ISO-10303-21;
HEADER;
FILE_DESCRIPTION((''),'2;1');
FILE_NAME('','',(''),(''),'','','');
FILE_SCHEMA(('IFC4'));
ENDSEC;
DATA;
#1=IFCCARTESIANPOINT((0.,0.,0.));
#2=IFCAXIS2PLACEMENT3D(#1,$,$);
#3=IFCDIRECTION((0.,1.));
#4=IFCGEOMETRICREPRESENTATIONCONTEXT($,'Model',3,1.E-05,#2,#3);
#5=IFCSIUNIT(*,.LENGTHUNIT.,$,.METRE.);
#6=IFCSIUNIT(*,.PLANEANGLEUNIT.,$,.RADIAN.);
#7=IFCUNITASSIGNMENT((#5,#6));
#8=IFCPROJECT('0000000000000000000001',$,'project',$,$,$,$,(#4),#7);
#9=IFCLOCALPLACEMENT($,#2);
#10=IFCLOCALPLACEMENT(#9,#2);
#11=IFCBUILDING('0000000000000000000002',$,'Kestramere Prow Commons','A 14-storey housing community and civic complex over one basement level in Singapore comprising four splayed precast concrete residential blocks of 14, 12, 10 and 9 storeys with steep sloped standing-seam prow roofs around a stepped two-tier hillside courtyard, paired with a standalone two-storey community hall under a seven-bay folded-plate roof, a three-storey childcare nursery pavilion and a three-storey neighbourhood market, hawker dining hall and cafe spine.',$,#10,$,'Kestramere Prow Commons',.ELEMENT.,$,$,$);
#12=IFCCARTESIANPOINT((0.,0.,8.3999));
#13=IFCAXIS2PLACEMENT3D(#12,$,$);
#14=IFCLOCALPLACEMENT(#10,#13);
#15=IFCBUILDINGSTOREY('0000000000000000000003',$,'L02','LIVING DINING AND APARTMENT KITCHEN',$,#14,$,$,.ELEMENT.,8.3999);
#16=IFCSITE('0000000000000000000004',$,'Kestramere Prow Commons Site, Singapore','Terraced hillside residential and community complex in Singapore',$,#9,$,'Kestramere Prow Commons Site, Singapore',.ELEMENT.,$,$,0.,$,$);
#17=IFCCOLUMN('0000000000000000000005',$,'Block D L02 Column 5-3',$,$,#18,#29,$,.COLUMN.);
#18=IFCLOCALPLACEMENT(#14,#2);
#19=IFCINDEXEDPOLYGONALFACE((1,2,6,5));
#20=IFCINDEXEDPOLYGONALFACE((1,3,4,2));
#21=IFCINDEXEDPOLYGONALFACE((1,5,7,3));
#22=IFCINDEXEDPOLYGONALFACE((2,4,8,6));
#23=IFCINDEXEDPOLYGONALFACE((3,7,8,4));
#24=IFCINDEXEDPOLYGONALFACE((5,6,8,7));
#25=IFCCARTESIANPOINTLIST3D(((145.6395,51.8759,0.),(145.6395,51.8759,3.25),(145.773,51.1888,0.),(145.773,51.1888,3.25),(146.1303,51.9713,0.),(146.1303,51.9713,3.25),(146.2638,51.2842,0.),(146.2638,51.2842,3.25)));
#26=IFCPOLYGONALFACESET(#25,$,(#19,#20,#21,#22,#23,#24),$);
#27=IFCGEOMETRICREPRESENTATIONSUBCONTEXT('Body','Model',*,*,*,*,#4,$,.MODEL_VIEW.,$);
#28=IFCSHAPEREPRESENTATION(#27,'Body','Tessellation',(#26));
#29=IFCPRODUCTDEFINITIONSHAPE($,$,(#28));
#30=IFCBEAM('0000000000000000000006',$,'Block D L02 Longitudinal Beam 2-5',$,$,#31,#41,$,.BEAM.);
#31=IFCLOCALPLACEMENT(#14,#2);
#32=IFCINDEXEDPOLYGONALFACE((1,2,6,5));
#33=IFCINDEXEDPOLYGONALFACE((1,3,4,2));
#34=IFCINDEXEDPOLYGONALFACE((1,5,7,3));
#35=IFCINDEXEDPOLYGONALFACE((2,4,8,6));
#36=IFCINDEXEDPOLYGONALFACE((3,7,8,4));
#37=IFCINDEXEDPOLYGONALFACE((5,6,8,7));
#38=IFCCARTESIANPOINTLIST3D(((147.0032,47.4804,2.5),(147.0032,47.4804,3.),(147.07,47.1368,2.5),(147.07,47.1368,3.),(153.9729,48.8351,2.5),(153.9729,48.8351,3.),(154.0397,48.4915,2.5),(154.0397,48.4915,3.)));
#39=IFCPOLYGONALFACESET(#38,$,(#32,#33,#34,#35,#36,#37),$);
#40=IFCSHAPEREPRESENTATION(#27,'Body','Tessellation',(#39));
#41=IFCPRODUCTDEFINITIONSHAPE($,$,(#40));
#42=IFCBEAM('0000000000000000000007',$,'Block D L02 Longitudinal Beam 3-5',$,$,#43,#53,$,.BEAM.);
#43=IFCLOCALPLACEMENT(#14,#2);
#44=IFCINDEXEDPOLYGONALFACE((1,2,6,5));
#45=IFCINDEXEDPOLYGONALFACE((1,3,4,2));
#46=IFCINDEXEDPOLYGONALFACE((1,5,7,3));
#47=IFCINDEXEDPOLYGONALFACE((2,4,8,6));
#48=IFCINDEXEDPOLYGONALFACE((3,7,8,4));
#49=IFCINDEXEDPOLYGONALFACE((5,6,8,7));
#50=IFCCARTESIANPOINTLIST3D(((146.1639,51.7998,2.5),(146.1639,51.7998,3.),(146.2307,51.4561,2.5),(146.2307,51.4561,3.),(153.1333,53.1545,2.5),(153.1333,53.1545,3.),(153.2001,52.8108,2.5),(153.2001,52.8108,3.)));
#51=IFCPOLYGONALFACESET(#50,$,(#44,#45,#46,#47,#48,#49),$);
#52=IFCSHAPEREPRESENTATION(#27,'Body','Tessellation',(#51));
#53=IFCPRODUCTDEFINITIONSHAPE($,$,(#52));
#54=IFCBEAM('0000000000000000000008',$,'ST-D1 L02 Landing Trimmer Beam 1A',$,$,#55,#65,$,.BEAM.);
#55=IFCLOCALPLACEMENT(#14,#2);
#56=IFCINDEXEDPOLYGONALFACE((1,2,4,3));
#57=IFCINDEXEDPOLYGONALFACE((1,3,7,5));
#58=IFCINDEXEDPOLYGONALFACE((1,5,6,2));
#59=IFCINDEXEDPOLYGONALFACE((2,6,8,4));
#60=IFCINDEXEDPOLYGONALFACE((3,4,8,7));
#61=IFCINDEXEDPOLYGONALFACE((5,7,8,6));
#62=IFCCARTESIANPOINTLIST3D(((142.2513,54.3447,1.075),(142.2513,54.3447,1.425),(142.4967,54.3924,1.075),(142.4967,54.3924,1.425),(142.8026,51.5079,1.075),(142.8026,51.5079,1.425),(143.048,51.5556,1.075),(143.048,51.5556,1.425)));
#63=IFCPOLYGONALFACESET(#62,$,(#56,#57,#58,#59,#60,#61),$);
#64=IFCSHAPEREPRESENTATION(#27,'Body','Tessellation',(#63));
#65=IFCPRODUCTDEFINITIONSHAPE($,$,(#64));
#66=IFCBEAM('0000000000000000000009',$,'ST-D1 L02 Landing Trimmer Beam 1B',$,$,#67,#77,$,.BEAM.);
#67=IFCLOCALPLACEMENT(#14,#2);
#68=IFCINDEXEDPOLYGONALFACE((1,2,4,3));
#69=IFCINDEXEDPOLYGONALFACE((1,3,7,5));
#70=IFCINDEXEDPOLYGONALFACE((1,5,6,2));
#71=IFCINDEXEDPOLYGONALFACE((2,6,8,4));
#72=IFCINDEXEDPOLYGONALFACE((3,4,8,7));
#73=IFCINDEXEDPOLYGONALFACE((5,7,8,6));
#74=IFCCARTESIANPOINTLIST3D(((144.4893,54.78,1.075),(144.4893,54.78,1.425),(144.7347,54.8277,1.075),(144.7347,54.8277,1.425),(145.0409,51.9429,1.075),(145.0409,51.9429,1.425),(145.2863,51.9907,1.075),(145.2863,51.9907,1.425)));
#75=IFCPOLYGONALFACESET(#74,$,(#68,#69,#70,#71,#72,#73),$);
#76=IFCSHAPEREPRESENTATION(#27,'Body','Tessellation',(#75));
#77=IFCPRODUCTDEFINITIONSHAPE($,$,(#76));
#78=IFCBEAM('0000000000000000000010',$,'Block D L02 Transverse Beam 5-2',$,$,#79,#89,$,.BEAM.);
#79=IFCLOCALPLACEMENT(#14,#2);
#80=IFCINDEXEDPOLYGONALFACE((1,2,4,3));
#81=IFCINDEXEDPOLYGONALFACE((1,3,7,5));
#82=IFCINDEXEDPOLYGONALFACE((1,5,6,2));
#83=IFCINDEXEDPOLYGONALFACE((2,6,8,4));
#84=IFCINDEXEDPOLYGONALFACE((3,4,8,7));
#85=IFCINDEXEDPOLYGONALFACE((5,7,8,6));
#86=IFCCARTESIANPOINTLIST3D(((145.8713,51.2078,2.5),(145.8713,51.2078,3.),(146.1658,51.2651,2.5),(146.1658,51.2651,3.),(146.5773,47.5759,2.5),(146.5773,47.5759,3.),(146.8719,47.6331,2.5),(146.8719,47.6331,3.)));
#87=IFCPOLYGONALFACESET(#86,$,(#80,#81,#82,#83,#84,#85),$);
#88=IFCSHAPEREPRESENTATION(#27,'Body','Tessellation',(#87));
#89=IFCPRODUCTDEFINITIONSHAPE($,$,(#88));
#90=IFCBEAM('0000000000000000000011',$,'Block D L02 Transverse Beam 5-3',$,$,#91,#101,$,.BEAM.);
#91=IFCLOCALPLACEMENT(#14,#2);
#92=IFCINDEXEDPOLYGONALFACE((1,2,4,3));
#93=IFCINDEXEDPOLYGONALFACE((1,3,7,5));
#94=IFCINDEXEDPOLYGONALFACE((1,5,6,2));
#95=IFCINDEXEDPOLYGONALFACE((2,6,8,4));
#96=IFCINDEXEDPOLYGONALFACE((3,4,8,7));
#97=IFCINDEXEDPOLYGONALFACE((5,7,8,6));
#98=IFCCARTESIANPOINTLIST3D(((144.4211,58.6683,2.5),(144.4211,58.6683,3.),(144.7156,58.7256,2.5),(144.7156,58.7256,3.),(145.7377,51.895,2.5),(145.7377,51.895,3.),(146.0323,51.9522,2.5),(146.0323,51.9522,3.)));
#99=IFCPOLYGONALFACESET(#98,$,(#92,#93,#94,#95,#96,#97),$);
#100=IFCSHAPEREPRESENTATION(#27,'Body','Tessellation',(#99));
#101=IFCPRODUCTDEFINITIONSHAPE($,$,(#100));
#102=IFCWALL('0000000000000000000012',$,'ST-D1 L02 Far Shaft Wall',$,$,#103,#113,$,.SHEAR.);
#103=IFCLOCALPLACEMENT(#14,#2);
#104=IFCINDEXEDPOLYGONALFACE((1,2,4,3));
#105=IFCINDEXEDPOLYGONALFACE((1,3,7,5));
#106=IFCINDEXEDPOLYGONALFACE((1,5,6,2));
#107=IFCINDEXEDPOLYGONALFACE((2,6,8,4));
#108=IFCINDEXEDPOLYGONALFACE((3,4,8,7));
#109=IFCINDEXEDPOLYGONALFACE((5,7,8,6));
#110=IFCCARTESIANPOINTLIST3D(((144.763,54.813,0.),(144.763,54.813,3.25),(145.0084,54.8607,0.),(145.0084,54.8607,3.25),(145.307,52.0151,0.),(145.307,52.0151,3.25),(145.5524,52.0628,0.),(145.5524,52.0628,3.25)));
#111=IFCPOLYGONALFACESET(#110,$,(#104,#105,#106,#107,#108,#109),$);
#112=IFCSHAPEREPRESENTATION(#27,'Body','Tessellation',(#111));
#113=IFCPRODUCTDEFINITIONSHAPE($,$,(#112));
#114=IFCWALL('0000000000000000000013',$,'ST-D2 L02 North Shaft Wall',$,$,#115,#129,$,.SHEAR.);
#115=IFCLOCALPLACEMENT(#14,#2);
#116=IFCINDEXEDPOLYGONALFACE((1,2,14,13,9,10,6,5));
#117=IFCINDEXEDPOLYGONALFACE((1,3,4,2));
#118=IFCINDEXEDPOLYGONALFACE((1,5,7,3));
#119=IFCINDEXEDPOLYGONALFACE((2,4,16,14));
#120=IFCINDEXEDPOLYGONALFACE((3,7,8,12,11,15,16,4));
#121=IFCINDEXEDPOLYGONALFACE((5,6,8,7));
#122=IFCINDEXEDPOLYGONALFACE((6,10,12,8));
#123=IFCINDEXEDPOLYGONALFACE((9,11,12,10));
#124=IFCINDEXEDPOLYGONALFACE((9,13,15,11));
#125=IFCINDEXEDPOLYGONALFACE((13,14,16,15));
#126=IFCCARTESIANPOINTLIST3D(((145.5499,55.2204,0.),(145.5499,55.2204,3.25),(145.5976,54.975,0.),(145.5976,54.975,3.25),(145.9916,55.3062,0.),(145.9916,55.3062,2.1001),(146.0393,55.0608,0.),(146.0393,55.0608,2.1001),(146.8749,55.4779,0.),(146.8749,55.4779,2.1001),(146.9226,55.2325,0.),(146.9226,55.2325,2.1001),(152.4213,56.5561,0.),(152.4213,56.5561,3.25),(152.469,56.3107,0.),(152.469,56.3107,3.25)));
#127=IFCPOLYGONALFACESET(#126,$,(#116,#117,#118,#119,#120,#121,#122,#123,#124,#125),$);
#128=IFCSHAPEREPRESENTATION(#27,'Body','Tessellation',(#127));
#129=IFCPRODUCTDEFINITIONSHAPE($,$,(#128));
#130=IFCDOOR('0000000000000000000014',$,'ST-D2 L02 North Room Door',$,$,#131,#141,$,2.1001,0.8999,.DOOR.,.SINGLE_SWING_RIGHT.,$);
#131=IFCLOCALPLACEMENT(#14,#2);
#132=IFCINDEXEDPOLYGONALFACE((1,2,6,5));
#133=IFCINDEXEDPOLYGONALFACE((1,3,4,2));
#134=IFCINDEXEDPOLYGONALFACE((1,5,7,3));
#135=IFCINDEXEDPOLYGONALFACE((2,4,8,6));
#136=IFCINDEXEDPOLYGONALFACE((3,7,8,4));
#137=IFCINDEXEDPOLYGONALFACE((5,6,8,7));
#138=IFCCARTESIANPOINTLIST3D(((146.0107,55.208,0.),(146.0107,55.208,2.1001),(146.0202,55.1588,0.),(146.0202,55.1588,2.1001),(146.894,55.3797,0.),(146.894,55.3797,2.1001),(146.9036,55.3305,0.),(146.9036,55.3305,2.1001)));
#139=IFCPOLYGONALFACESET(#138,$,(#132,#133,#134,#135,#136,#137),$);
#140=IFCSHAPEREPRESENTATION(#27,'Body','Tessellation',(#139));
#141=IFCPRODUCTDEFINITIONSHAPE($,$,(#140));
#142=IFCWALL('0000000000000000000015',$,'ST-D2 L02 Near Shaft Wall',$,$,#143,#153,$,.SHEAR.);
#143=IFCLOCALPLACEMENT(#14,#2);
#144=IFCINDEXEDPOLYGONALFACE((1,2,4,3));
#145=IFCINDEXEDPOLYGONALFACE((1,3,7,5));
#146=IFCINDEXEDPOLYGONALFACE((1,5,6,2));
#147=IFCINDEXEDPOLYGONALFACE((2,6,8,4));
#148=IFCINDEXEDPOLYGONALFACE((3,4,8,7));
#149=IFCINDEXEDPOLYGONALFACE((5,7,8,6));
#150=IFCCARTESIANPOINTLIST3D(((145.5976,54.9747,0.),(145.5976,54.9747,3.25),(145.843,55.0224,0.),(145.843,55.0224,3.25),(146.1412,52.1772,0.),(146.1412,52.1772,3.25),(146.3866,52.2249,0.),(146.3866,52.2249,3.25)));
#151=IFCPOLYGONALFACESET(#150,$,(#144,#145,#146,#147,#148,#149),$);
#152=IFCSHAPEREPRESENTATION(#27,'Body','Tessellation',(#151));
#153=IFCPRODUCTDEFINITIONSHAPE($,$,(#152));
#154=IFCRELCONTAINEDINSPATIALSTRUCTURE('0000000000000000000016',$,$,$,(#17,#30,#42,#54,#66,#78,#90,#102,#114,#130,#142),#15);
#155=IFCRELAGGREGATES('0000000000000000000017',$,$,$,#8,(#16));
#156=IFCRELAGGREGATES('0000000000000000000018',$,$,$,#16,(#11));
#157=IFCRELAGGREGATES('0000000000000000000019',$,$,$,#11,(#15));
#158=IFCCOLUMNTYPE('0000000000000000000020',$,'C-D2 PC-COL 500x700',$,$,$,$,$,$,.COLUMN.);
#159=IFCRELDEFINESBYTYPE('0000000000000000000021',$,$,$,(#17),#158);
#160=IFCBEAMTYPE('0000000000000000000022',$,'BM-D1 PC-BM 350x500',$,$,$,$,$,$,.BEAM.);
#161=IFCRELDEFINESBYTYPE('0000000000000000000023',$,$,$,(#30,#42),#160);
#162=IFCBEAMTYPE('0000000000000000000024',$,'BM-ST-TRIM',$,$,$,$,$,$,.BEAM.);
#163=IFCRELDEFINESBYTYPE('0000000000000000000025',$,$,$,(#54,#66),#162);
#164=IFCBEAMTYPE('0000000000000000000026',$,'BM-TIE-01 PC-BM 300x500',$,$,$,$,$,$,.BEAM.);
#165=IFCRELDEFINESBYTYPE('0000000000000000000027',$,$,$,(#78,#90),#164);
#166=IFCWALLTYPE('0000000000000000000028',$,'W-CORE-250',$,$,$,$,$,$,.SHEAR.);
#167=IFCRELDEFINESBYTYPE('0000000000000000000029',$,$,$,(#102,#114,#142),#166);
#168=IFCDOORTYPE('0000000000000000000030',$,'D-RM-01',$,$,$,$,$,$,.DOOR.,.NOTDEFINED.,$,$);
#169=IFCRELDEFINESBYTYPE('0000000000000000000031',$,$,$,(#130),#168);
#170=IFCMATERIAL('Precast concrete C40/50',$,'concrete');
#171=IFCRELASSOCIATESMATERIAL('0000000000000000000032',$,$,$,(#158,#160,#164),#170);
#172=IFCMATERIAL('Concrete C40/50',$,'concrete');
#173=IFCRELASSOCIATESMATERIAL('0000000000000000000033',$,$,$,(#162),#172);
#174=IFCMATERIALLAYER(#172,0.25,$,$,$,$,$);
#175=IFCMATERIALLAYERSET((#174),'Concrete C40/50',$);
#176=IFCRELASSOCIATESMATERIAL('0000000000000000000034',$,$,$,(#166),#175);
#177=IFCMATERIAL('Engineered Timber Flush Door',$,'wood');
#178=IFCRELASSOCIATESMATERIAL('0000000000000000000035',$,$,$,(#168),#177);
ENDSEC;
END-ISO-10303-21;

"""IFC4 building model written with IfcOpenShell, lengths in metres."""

from ifc_helpers import new_model, si_unit, direction, frame, frame_2d, origin, origin_2d, place, context, subcontext, project, spatial, rectangle, extrude, material, layer, layer_set, material_profile, profile_set, type_object, element, fill, save


model = new_model("IFC4")

# Units and contexts
model_context = context("Model", 3, precision=1e-05, world=origin(), true_north=direction((0.0, 1.0)))
body_context = subcontext(model_context, "Body", "Model", "MODEL_VIEW")
ifc_project = project(units=[si_unit("LENGTHUNIT", "METRE"), si_unit("PLANEANGLEUNIT", "RADIAN")], contexts=[model_context])

# Site, building, storey
site_placement = place(None, origin())
site = spatial("IfcSite", under=ifc_project, at=site_placement, Name="Kestramere Prow Commons Site, Singapore", Description="Terraced hillside residential and community complex in Singapore", LongName="Kestramere Prow Commons Site, Singapore", CompositionType="ELEMENT", RefElevation=0.0)
building_placement = place(site_placement, origin())
building = spatial("IfcBuilding", under=site, at=building_placement, Name="Kestramere Prow Commons", Description="A 14-storey housing community and civic complex over one basement level in Singapore comprising four splayed precast concrete residential blocks of 14, 12, 10 and 9 storeys with steep sloped standing-seam prow roofs around a stepped two-tier hillside courtyard, paired with a standalone two-storey community hall under a seven-bay folded-plate roof, a three-storey childcare nursery pavilion and a three-storey neighbourhood market, hawker dining hall and cafe spine.", LongName="Kestramere Prow Commons", CompositionType="ELEMENT")
storey_placement = place(building_placement, frame((0.0, 0.0, 8.3999)))
storey = spatial("IfcBuildingStorey", under=building, at=storey_placement, Name="L02", Description="LIVING DINING AND APARTMENT KITCHEN", CompositionType="ELEMENT", Elevation=8.3999)

# Column
ifc_material_1 = material(Name="Precast concrete C40/50", Category="concrete")
ifc_material_profile_1 = material_profile(ifc_material_1, rectangle(XDim=0.5, YDim=0.7, at=origin_2d()), Name="PC-COL 500x700")
ifc_profile_set_1 = profile_set([ifc_material_profile_1], Name="Precast concrete C40/50")
column_type = type_object("IfcColumnType", Name="C-D2 PC-COL 500x700", PredefinedType="COLUMN", material=ifc_profile_set_1)
column_placement = place(storey_placement, frame((145.9517, 51.5801, 0.0), z_axis=(0.0, 0.0, 1.0), x_axis=(0.981627, 0.190809, 0.0)))
element("IfcColumn", 1, at=column_placement, inside=storey, type_object=column_type, Name="Block D L02 Column 5-3", PredefinedType="COLUMN", context=body_context, shape_type="SweptSolid", body=[
    extrude(rectangle(XDim=0.5, YDim=0.7, at=origin_2d()), origin(), (0.0, 0.0, 1.0), 3.25),
])

# Beams
ifc_material_profile_2 = material_profile(ifc_material_1, rectangle(XDim=0.3501, YDim=0.5, at=origin_2d()), Name="PC-BM 350x500")
ifc_profile_set_2 = profile_set([ifc_material_profile_2], Name="Precast concrete C40/50")
beam_type_1 = type_object("IfcBeamType", Name="BM-D1 PC-BM 350x500", PredefinedType="BEAM", material=ifc_profile_set_2)
beam_1_placement = place(storey_placement, frame((147.0366, 47.3086, 2.75), z_axis=(0.981628, 0.190803, 0.0), x_axis=(-0.190803, 0.981628, 0.0)))
element("IfcBeam", 2, at=beam_1_placement, inside=storey, type_object=beam_type_1, Name="Block D L02 Longitudinal Beam 2-5", PredefinedType="BEAM", context=body_context, shape_type="SweptSolid", body=[
    extrude(rectangle(XDim=0.3501, YDim=0.5, at=origin_2d()), origin(), (0.0, 0.0, 1.0), 7.1001),
])
beam_2_placement = place(storey_placement, frame((146.1973, 51.6279, 2.75), z_axis=(0.981627, 0.19081, 0.0), x_axis=(-0.19081, 0.981627, 0.0)))
element("IfcBeam", 3, at=beam_2_placement, inside=storey, type_object=beam_type_1, Name="Block D L02 Longitudinal Beam 3-5", PredefinedType="BEAM", context=body_context, shape_type="SweptSolid", body=[
    extrude(rectangle(XDim=0.3501, YDim=0.5, at=origin_2d()), origin(), (0.0, 0.0, 1.0), 7.0999),
])
ifc_material_2 = material(Name="Concrete C40/50", Category="concrete")
ifc_material_profile_3 = material_profile(ifc_material_2, rectangle(XDim=0.25, YDim=0.3501, at=origin_2d()), Name="PC-BM 250x350")
ifc_profile_set_3 = profile_set([ifc_material_profile_3], Name="Concrete C40/50")
beam_type_2 = type_object("IfcBeamType", Name="BM-ST-TRIM", PredefinedType="BEAM", material=ifc_profile_set_3)
beam_3_placement = place(storey_placement, frame((142.9253, 51.5317, 1.25), z_axis=(-0.190752, 0.981638, 0.0), x_axis=(-0.981638, -0.190752, 0.0)))
element("IfcBeam", 4, at=beam_3_placement, inside=storey, type_object=beam_type_2, Name="ST-D1 L02 Landing Trimmer Beam 1A", PredefinedType="BEAM", context=body_context, shape_type="SweptSolid", body=[
    extrude(rectangle(XDim=0.25, YDim=0.3501, at=origin_2d()), origin(), (0.0, 0.0, 1.0), 2.8899),
])
beam_4_placement = place(storey_placement, frame((145.1636, 51.9668, 1.25), z_axis=(-0.190833, 0.981622, 0.0), x_axis=(-0.981622, -0.190833, 0.0)))
element("IfcBeam", 5, at=beam_4_placement, inside=storey, type_object=beam_type_2, Name="ST-D1 L02 Landing Trimmer Beam 1B", PredefinedType="BEAM", context=body_context, shape_type="SweptSolid", body=[
    extrude(rectangle(XDim=0.25, YDim=0.3501, at=origin_2d()), origin(), (0.0, 0.0, 1.0), 2.8901),
])
ifc_material_profile_4 = material_profile(ifc_material_1, rectangle(XDim=0.3, YDim=0.5, at=origin_2d()), Name="PC-BM 300x500")
ifc_profile_set_4 = profile_set([ifc_material_profile_4], Name="Precast concrete C40/50")
beam_type_3 = type_object("IfcBeamType", Name="BM-TIE-01 PC-BM 300x500", PredefinedType="BEAM", material=ifc_profile_set_4)
beam_5_placement = place(storey_placement, frame((146.7246, 47.6045, 2.75), z_axis=(-0.190822, 0.981625, 0.0), x_axis=(-0.981625, -0.190822, 0.0)))
element("IfcBeam", 6, at=beam_5_placement, inside=storey, type_object=beam_type_3, Name="Block D L02 Transverse Beam 5-2", PredefinedType="BEAM", context=body_context, shape_type="SweptSolid", body=[
    extrude(rectangle(XDim=0.3, YDim=0.5, at=origin_2d()), origin(), (0.0, 0.0, 1.0), 3.7),
])
beam_6_placement = place(storey_placement, frame((145.885, 51.9236, 2.75), z_axis=(-0.190813, 0.981626, 0.0), x_axis=(-0.981626, -0.190813, 0.0)))
element("IfcBeam", 7, at=beam_6_placement, inside=storey, type_object=beam_type_3, Name="Block D L02 Transverse Beam 5-3", PredefinedType="BEAM", context=body_context, shape_type="SweptSolid", body=[
    extrude(rectangle(XDim=0.3, YDim=0.5, at=origin_2d()), origin(), (0.0, 0.0, 1.0), 6.9001),
])

# Wall
ifc_layer_1 = layer(ifc_material_2, 0.25)
ifc_layer_set_1 = layer_set([ifc_layer_1], Name="Concrete C40/50")
wall_type_1 = type_object("IfcWallType", Name="W-CORE-250", PredefinedType="SHEAR", material=ifc_layer_set_1)
wall_1_placement = place(storey_placement, frame((145.4297, 52.0388, 0.0), z_axis=(0.0, 0.0, 1.0), x_axis=(-0.190842, 0.981621, 0.0)))
element("IfcWall", 8, at=wall_1_placement, inside=storey, type_object=wall_type_1, Name="ST-D1 L02 Far Shaft Wall", PredefinedType="SHEAR", context=body_context, shape_type="SweptSolid", body=[
    extrude(rectangle(XDim=2.8503, YDim=0.25, at=frame_2d((1.4253, 0.0))), origin(), (0.0, 0.0, 1.0), 3.25),
])

# Wall, opening, door
wall_2_placement = place(storey_placement, frame((145.5737, 55.0977, 0.0), z_axis=(0.0, 0.0, 1.0), x_axis=(0.981626, 0.190815, 0.0)))
wall_2 = element("IfcWall", 9, at=wall_2_placement, inside=storey, type_object=wall_type_1, Name="ST-D2 L02 North Shaft Wall", PredefinedType="SHEAR", context=body_context, shape_type="SweptSolid", body=[
    extrude(rectangle(XDim=7.0, YDim=0.25, at=frame_2d((3.5, 0.0))), origin(), (0.0, 0.0, 1.0), 3.25),
])
opening_1_placement = place(wall_2_placement, frame((0.45, 0.0, 0.0)))
opening_1 = element("IfcOpeningElement", 10, at=opening_1_placement, cuts=wall_2, PredefinedType="OPENING", context=body_context, shape_type="SweptSolid", body=[
    extrude(rectangle(XDim=0.8999, YDim=2.1001, at=frame_2d((0.45, 1.05))), frame((0.0, 0.1399, 0.0), z_axis=(0.0, -1.0, 0.0), x_axis=(1.0, 0.0, 0.0)), (0.0, 0.0, 1.0), 0.28),
])
ifc_material_3 = material(Name="Engineered Timber Flush Door", Category="wood")
door_type_1 = type_object("IfcDoorType", Name="D-RM-01", OperationType="NOTDEFINED", PredefinedType="DOOR", material=ifc_material_3)
door_1_placement = place(opening_1_placement, origin())
door_1 = element("IfcDoor", 11, at=door_1_placement, inside=storey, type_object=door_type_1, Name="ST-D2 L02 North Room Door", OperationType="SINGLE_SWING_RIGHT", OverallHeight=2.1001, OverallWidth=0.8999, PredefinedType="DOOR", context=body_context, shape_type="SweptSolid", body=[
    extrude(rectangle(XDim=0.8999, YDim=2.1001, at=frame_2d((0.45, 1.05))), frame((0.0, 0.0249, 0.0), z_axis=(0.0, -1.0, 0.0), x_axis=(1.0, 0.0, 0.0)), (0.0, 0.0, 1.0), 0.05),
])
fill(opening_1, door_1)

# Wall
wall_3_placement = place(storey_placement, frame((146.2639, 52.2012, 0.0), z_axis=(0.0, 0.0, 1.0), x_axis=(-0.190776, 0.981634, 0.0)))
element("IfcWall", 12, at=wall_3_placement, inside=storey, type_object=wall_type_1, Name="ST-D2 L02 Near Shaft Wall", PredefinedType="SHEAR", context=body_context, shape_type="SweptSolid", body=[
    extrude(rectangle(XDim=2.8499, YDim=0.25, at=frame_2d((1.4248, 0.0))), origin(), (0.0, 0.0, 1.0), 3.25),
])

save(model, "model.ifc")
